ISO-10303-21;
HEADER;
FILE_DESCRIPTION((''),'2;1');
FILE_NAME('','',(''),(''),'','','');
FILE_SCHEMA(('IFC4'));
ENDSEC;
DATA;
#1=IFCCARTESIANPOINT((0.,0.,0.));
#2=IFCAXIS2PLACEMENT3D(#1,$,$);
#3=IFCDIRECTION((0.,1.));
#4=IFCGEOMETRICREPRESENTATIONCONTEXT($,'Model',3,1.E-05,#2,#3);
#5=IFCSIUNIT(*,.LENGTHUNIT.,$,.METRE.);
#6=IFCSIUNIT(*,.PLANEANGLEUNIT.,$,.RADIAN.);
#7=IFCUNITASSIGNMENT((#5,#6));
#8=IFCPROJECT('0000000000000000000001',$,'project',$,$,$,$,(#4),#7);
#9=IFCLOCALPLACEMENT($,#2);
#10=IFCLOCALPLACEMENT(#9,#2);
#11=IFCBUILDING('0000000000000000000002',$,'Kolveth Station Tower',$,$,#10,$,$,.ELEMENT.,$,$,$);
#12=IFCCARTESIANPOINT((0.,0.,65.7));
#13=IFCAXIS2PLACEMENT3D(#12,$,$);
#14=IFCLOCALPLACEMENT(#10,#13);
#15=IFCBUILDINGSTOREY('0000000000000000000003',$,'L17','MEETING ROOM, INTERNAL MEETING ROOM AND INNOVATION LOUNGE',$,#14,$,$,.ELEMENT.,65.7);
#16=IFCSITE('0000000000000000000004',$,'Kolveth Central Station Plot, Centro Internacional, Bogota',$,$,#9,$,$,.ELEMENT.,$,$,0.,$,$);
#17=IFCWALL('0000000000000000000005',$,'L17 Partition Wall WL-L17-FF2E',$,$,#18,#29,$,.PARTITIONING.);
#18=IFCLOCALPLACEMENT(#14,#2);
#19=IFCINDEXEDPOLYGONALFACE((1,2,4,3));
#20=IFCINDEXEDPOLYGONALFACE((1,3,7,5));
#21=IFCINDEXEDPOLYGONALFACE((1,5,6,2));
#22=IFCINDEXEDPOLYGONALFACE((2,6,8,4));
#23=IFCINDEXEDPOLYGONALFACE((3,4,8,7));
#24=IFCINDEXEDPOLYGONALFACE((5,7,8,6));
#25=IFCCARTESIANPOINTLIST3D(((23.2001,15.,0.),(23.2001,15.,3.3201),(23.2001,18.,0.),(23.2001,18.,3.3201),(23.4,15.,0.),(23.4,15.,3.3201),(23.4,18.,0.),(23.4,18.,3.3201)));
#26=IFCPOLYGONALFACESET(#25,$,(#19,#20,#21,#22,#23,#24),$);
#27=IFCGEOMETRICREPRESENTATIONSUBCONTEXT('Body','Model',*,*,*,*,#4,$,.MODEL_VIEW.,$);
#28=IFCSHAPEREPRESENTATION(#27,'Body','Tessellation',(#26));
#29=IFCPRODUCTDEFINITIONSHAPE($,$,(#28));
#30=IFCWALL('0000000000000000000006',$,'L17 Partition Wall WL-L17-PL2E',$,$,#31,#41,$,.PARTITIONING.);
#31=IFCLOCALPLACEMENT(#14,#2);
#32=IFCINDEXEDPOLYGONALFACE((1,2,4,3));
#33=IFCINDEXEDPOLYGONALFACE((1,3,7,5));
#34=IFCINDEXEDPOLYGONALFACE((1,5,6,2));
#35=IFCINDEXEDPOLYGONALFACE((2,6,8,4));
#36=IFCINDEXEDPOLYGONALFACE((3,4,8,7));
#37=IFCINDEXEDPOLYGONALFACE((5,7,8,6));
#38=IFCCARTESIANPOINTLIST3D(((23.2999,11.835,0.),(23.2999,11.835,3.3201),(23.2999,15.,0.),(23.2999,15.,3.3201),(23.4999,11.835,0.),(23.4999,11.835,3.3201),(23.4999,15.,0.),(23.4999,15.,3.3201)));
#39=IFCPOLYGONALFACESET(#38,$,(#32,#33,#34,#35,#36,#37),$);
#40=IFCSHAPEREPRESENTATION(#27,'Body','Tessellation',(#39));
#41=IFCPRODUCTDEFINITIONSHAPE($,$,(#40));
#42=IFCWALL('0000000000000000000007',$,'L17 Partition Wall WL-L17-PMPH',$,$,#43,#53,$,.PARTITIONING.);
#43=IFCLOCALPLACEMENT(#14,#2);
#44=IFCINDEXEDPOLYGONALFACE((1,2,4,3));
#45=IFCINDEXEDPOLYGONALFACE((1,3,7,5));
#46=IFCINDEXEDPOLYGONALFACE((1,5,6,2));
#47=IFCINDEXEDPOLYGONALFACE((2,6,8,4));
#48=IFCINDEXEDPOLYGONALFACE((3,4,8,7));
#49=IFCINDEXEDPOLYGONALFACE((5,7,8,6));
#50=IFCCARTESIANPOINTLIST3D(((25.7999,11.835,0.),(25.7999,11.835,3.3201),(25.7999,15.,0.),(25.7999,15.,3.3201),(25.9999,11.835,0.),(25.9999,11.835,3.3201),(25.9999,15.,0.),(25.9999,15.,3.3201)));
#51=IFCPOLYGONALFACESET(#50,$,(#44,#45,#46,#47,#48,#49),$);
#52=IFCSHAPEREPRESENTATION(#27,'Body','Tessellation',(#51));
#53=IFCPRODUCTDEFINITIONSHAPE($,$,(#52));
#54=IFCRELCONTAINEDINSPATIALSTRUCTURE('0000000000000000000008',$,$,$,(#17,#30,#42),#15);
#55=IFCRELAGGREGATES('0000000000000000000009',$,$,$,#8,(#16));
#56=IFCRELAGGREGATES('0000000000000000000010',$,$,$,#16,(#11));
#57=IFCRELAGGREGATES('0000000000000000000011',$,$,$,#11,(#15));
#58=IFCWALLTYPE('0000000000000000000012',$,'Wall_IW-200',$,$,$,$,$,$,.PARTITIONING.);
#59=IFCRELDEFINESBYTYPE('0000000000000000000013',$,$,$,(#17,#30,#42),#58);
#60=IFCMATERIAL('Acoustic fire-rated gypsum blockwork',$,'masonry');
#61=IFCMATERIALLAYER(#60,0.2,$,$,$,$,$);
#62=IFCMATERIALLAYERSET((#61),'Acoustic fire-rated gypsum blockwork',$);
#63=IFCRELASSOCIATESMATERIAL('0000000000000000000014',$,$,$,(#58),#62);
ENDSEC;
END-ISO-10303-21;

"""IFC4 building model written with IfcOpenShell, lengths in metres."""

from ifc_helpers import new_model, si_unit, direction, frame, frame_2d, origin, place, context, subcontext, project, spatial, rectangle, extrude, material, layer, layer_set, type_object, element, save


model = new_model("IFC4")

# Units and contexts
model_context = context("Model", 3, precision=1e-05, world=origin(), true_north=direction((0.0, 1.0)))
body_context = subcontext(model_context, "Body", "Model", "MODEL_VIEW")
ifc_project = project(units=[si_unit("LENGTHUNIT", "METRE"), si_unit("PLANEANGLEUNIT", "RADIAN")], contexts=[model_context])

# Site, building, storey
site_placement = place(None, origin())
site = spatial("IfcSite", under=ifc_project, at=site_placement, Name="Kolveth Central Station Plot, Centro Internacional, Bogota", CompositionType="ELEMENT", RefElevation=0.0)
building_placement = place(site_placement, origin())
building = spatial("IfcBuilding", under=site, at=building_placement, Name="Kolveth Station Tower", CompositionType="ELEMENT")
storey_placement = place(building_placement, frame((0.0, 0.0, 65.7)))
storey = spatial("IfcBuildingStorey", under=building, at=storey_placement, Name="L17", Description="MEETING ROOM, INTERNAL MEETING ROOM AND INNOVATION LOUNGE", CompositionType="ELEMENT", Elevation=65.7)

# Shared definitions
ifc_material_1 = material(Name="Acoustic fire-rated gypsum blockwork", Category="masonry")
ifc_layer_1 = layer(ifc_material_1, 0.2)
ifc_layer_set_1 = layer_set([ifc_layer_1], Name="Acoustic fire-rated gypsum blockwork")
wall_type_1 = type_object("IfcWallType", Name="Wall_IW-200", PredefinedType="PARTITIONING", material=ifc_layer_set_1)

# Walls
wall_1_placement = place(storey_placement, frame((23.3, 15.0, 0.0), z_axis=(0.0, 0.0, 1.0), x_axis=(0.0, 1.0, 0.0)))
element("IfcWall", 1, at=wall_1_placement, inside=storey, type_object=wall_type_1, Name="L17 Partition Wall WL-L17-FF2E", PredefinedType="PARTITIONING", context=body_context, shape_type="SweptSolid", body=[
    extrude(rectangle(XDim=3.0, YDim=0.2, at=frame_2d((1.5, 0.0))), origin(), (0.0, 0.0, 1.0), 3.3201),
])
for number, where, z_axis, x_axis, name in (
    (2, (23.3999, 11.835, 0.0), (0.0, 0.0, 1.0), (0.0, 1.0, 0.0), "L17 Partition Wall WL-L17-PL2E"),
    (3, (25.8999, 11.835, 0.0), (0.0, 0.0, 1.0), (0.0, 1.0, 0.0), "L17 Partition Wall WL-L17-PMPH"),
):
    element("IfcWall", number, at=place(storey_placement, frame(where, z_axis=z_axis, x_axis=x_axis)), inside=storey, type_object=wall_type_1, Name=name, PredefinedType="PARTITIONING", context=body_context, shape_type="SweptSolid", body=[
        extrude(rectangle(XDim=3.165, YDim=0.2, at=frame_2d((1.5825, 0.0))), origin(), (0.0, 0.0, 1.0), 3.3201),
    ])

save(model, "model.ifc")
